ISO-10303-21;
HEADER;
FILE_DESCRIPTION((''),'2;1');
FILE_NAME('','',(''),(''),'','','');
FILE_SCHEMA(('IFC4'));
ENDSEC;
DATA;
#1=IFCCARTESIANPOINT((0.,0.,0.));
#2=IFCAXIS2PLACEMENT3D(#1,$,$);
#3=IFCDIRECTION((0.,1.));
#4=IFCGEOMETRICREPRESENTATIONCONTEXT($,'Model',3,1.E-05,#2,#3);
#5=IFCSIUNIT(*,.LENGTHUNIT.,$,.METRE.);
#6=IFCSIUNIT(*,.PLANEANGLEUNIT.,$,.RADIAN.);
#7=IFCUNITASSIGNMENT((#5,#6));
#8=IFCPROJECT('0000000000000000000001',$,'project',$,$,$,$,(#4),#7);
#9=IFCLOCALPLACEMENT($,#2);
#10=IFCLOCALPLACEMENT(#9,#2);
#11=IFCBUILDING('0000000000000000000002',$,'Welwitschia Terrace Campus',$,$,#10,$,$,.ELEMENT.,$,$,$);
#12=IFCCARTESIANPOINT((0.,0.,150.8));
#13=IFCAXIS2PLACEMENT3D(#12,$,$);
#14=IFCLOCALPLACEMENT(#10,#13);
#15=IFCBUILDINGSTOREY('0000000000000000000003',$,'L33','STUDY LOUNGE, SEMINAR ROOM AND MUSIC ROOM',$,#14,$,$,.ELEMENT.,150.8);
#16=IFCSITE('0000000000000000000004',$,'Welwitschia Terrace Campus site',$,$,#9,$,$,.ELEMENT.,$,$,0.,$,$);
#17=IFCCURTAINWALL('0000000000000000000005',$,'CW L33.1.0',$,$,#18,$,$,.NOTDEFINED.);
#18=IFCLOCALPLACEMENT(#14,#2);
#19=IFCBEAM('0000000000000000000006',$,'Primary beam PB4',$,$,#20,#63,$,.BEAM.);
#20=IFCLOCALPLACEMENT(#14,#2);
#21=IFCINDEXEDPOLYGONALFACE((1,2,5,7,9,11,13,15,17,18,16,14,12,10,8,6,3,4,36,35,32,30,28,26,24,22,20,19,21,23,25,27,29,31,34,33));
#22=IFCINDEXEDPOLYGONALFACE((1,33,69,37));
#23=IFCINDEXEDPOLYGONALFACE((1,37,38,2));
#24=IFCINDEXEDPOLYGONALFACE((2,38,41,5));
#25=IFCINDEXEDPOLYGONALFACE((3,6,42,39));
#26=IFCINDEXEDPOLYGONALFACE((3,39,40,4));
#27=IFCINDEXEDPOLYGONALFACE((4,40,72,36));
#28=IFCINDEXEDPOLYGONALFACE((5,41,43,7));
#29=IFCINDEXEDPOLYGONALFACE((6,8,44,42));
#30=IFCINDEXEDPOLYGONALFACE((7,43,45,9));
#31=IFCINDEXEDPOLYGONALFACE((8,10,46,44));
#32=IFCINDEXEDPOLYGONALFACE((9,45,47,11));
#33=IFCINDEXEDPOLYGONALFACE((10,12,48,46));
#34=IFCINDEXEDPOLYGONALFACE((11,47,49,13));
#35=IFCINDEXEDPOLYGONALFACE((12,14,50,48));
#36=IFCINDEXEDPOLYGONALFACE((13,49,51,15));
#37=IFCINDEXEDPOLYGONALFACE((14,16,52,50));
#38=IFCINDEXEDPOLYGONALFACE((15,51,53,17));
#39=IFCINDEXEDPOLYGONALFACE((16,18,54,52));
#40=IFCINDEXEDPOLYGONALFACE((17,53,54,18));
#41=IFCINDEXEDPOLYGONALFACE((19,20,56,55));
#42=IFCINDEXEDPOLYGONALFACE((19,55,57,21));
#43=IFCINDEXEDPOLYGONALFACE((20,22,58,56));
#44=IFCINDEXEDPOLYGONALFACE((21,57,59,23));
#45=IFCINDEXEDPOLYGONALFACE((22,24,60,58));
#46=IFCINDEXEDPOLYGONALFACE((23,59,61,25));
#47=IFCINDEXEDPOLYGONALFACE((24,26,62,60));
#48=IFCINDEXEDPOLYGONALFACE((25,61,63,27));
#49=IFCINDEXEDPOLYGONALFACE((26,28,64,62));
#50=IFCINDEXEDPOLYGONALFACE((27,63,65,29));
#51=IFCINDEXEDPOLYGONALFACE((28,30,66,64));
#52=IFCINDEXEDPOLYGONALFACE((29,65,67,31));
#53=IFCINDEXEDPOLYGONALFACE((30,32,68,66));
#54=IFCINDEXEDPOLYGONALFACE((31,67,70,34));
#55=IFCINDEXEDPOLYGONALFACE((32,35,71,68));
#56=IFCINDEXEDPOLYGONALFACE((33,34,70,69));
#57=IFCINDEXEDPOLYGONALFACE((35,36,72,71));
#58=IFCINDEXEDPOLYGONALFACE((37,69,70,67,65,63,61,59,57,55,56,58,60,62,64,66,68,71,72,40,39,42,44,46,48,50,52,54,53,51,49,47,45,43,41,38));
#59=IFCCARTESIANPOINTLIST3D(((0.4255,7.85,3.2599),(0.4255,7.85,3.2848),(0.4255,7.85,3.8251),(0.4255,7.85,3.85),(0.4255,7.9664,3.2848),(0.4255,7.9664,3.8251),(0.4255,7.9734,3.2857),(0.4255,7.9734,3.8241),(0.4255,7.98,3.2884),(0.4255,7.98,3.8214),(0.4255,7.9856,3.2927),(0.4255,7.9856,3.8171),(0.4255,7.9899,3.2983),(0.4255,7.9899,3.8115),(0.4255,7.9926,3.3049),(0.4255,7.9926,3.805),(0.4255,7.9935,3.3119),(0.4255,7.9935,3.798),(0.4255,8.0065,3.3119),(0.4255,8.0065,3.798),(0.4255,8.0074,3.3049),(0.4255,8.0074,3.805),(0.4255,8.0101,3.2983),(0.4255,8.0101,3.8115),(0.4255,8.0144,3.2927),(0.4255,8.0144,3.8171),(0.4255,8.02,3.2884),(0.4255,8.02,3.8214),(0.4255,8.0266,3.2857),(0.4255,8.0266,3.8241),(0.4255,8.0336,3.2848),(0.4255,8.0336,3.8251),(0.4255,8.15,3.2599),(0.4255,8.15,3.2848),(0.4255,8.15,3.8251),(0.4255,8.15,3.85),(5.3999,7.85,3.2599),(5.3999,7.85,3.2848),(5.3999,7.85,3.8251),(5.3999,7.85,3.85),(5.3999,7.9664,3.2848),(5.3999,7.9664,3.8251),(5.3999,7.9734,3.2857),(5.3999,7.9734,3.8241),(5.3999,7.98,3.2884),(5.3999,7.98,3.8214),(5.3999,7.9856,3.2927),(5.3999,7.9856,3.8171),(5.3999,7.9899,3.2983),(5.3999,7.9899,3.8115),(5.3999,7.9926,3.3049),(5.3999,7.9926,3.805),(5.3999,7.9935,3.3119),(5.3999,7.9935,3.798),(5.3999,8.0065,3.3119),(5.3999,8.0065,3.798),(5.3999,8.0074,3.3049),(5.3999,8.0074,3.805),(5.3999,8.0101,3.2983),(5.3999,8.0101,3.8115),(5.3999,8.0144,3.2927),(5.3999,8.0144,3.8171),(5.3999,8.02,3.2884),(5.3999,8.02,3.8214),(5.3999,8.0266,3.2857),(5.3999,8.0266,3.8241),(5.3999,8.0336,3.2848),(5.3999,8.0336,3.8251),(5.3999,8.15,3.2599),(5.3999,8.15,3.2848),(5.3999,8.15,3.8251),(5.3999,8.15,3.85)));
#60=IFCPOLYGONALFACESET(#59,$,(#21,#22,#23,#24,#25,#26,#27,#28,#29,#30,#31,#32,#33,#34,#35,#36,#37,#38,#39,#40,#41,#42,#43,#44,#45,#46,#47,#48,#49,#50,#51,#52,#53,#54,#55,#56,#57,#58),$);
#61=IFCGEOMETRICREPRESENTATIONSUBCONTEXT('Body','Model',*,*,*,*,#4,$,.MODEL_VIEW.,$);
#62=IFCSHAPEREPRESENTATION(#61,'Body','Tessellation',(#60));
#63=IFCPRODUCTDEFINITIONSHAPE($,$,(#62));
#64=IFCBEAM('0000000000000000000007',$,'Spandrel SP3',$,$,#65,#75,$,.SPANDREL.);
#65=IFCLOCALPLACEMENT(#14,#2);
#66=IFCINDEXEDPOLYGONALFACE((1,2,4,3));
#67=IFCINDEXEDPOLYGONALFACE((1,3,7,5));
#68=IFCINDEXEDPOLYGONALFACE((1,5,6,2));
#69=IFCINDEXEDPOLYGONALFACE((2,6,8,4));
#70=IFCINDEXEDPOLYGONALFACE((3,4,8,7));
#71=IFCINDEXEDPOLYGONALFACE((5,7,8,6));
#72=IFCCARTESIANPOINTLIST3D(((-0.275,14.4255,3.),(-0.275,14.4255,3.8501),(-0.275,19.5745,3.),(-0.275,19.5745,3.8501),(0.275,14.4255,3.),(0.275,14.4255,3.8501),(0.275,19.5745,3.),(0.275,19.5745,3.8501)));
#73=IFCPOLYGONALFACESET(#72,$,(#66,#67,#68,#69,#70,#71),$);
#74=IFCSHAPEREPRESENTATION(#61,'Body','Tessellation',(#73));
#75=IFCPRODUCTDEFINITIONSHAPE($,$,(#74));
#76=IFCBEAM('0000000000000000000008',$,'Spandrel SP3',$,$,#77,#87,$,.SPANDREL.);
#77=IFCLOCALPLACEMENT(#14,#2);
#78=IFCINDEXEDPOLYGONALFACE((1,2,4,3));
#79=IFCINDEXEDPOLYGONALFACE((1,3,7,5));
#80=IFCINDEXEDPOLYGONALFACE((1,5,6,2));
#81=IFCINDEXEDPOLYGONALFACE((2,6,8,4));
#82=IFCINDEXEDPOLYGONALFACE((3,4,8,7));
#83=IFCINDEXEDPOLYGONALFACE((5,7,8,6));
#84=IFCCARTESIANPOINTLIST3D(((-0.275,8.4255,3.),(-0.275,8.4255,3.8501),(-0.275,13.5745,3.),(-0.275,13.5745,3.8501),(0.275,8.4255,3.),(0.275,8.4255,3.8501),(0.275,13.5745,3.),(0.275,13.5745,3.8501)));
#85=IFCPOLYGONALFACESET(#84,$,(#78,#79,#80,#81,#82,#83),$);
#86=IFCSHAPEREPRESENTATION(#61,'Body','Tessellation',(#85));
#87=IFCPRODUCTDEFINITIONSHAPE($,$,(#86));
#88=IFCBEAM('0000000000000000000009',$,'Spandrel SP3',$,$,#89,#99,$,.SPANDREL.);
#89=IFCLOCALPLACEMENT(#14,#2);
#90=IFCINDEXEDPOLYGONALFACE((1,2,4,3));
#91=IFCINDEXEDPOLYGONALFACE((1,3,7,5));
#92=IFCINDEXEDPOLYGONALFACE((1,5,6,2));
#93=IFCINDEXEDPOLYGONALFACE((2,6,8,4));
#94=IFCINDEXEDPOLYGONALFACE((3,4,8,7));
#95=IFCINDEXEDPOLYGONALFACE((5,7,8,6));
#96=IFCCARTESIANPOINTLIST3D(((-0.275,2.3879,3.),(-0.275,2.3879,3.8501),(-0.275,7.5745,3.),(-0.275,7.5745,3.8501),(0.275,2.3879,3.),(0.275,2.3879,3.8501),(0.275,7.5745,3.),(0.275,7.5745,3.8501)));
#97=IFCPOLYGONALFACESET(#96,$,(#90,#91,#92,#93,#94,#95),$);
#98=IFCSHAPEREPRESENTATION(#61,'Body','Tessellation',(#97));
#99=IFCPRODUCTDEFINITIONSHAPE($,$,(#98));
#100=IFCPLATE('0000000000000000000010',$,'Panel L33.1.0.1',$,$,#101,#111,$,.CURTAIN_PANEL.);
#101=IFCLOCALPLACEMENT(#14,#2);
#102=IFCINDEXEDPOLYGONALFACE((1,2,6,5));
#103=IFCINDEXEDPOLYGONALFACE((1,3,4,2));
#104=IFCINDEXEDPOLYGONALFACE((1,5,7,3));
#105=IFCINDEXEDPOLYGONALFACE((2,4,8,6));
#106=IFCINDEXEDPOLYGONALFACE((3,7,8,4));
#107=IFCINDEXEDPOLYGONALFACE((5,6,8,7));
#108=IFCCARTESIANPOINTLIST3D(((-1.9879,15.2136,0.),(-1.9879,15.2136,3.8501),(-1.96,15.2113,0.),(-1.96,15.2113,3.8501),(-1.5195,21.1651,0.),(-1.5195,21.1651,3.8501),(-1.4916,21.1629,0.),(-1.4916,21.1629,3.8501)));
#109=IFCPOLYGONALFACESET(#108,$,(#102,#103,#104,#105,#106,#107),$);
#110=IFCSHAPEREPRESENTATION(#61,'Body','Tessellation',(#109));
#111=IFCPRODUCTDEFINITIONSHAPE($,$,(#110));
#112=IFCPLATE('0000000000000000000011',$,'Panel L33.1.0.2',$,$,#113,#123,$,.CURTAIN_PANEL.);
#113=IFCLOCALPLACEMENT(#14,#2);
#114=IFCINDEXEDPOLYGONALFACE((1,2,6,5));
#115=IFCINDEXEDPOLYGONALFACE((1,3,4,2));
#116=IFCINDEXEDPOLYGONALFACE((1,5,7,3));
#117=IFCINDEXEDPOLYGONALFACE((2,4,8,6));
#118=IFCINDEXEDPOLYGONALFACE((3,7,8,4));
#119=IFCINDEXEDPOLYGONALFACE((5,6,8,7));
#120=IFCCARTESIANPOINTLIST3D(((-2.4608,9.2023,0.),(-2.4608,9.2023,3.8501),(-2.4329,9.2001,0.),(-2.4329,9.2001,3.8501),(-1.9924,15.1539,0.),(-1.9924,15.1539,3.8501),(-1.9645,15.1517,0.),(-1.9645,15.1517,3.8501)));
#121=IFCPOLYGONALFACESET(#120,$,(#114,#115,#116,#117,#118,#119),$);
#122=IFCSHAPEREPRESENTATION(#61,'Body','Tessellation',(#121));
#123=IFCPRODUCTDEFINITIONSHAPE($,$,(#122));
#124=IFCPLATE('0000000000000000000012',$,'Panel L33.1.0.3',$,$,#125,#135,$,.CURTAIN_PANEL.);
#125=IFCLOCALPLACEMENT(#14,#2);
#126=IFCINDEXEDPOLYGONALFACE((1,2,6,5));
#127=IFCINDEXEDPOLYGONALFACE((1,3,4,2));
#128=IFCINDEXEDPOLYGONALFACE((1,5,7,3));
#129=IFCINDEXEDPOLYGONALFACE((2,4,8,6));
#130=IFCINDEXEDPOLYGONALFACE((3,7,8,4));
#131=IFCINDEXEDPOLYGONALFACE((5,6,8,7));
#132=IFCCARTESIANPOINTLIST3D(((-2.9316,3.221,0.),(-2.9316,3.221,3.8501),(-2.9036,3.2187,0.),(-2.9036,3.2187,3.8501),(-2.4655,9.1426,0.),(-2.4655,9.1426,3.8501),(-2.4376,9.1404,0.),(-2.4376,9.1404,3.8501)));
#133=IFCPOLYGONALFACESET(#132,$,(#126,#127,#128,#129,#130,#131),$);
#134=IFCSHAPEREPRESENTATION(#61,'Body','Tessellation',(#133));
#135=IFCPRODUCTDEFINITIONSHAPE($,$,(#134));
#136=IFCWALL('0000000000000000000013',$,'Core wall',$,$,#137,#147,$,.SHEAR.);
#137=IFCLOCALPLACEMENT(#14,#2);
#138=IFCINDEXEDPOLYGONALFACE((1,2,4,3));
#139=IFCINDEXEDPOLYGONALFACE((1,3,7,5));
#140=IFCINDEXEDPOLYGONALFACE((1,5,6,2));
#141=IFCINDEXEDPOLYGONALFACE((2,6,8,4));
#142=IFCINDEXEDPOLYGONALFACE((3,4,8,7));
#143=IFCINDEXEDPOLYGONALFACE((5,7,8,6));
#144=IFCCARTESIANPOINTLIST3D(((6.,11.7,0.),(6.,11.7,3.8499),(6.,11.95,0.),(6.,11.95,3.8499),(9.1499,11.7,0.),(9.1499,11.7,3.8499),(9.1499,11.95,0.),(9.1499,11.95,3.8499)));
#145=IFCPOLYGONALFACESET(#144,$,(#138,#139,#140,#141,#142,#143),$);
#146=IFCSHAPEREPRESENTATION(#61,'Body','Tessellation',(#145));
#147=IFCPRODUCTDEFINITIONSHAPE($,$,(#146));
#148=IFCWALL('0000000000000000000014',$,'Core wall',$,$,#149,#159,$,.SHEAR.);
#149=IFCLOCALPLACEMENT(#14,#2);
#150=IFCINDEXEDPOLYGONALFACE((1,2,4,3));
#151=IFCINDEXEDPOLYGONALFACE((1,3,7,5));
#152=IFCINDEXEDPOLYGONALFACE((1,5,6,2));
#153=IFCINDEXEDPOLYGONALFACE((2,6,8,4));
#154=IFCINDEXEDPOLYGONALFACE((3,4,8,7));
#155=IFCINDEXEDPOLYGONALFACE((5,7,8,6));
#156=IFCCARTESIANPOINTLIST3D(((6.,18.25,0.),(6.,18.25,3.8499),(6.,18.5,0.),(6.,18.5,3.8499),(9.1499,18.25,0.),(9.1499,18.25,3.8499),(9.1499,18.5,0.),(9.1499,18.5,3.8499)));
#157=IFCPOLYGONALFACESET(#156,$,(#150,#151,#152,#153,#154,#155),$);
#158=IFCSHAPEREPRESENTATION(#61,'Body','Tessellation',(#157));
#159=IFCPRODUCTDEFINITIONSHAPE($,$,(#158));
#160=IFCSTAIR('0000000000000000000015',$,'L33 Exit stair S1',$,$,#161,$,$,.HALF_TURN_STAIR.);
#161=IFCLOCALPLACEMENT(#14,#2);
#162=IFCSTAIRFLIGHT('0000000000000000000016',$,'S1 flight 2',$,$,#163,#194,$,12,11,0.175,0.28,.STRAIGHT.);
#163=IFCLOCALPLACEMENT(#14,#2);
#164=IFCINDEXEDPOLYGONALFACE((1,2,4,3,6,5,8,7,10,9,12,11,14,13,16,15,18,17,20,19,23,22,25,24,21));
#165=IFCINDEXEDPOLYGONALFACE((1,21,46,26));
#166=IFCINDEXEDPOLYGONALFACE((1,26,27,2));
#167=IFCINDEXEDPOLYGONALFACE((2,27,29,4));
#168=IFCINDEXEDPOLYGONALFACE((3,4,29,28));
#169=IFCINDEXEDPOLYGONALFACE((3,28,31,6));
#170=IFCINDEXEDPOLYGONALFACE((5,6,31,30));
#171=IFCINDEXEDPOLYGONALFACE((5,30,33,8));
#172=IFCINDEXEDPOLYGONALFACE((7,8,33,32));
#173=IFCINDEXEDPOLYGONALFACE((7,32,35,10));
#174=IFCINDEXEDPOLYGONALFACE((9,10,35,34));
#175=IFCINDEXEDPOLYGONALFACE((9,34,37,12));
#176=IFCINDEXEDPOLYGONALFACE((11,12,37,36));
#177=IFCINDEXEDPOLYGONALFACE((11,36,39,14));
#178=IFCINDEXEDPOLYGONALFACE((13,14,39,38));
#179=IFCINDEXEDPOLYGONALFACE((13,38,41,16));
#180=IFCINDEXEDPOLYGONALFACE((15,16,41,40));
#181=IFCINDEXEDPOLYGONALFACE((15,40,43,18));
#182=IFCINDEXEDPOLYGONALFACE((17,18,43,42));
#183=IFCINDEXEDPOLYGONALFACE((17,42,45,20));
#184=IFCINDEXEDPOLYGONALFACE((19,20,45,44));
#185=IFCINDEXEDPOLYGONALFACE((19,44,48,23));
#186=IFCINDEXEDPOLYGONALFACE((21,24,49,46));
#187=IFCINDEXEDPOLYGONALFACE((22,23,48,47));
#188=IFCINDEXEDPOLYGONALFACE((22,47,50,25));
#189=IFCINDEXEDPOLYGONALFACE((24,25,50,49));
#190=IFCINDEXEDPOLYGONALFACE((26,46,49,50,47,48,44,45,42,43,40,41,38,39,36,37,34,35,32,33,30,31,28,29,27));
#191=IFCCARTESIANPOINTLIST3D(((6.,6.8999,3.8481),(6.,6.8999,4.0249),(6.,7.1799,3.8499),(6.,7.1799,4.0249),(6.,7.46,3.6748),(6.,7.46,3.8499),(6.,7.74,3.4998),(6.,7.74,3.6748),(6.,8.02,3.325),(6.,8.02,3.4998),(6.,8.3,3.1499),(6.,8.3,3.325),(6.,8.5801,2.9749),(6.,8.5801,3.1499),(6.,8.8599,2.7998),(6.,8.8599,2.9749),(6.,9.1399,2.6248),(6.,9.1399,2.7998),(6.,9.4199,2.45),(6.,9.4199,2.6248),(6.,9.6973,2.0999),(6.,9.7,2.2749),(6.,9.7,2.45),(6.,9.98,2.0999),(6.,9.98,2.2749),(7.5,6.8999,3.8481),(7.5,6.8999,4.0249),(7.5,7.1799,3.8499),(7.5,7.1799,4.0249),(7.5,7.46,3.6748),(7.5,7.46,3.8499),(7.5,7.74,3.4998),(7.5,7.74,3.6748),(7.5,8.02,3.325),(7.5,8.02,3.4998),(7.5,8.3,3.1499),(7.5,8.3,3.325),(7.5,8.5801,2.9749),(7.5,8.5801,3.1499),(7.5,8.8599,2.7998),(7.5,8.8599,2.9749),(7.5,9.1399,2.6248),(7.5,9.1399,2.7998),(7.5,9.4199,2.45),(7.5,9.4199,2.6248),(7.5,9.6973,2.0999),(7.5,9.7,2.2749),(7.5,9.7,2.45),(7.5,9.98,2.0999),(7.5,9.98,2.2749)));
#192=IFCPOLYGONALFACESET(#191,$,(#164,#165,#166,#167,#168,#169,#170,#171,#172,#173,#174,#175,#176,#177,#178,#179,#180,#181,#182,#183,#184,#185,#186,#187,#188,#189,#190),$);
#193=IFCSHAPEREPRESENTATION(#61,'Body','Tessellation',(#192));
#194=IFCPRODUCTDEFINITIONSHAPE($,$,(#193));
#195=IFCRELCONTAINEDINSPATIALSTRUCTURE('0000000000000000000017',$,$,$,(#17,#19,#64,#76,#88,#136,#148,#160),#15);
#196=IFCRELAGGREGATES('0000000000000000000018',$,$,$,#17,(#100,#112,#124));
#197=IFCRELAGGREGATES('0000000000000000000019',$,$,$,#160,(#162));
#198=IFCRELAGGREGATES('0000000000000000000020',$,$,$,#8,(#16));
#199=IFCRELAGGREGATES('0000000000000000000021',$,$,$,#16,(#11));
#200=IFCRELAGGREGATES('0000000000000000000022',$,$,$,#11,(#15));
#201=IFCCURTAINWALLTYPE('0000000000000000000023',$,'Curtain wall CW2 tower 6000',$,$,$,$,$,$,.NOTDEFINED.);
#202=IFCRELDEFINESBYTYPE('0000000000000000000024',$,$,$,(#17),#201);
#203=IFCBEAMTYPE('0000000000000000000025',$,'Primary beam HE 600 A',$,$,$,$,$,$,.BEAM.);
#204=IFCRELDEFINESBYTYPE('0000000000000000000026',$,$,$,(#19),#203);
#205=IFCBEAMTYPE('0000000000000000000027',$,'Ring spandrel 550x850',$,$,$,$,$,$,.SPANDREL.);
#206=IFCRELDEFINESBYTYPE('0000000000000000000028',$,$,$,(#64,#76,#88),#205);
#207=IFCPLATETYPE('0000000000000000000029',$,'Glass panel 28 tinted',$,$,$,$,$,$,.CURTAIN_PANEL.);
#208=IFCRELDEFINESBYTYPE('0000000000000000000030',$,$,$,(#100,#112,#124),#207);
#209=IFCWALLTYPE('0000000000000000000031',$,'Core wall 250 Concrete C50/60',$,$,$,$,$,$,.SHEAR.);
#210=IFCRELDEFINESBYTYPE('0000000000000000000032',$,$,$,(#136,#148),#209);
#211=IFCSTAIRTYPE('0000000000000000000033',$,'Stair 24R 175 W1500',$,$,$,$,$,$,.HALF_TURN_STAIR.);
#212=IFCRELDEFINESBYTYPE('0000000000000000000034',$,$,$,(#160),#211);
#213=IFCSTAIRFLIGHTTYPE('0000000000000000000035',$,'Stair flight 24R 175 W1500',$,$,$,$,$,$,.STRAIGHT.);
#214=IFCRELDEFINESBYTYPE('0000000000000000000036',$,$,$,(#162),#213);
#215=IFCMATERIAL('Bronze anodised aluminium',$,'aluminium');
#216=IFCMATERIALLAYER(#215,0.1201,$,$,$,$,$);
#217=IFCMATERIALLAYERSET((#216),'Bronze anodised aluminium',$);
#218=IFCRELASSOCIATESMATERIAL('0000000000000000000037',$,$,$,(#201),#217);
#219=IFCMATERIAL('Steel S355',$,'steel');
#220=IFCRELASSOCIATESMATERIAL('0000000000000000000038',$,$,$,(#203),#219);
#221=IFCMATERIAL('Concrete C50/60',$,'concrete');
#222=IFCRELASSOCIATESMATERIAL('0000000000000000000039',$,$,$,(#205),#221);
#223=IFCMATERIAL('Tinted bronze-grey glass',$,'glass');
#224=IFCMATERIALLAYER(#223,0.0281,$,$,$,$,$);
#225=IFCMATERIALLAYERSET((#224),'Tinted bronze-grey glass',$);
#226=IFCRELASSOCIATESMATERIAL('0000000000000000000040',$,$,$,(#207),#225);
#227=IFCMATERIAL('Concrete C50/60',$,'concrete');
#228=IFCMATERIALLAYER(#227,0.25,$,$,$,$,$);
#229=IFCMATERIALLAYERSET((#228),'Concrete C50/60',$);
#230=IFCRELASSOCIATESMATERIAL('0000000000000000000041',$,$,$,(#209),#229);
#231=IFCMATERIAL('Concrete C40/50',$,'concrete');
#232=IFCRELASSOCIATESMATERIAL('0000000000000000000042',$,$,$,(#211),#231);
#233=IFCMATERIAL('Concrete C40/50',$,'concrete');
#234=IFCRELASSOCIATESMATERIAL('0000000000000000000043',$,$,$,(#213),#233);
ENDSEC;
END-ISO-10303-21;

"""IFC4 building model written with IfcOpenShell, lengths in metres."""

from ifc_helpers import new_model, si_unit, direction, frame, frame_2d, origin, origin_2d, place, context, subcontext, project, spatial, polyline, rectangle, i_section, outline, extrude, material, layer, layer_set, material_profile, profile_set, type_object, element, aggregate, save


model = new_model("IFC4")

# Units and contexts
model_context = context("Model", 3, precision=1e-05, world=origin(), true_north=direction((0.0, 1.0)))
body_context = subcontext(model_context, "Body", "Model", "MODEL_VIEW")
ifc_project = project(units=[si_unit("LENGTHUNIT", "METRE"), si_unit("PLANEANGLEUNIT", "RADIAN")], contexts=[model_context])

# Site, building, storey
site_placement = place(None, origin())
site = spatial("IfcSite", under=ifc_project, at=site_placement, Name="Welwitschia Terrace Campus site", CompositionType="ELEMENT", RefElevation=0.0)
building_placement = place(site_placement, origin())
building = spatial("IfcBuilding", under=site, at=building_placement, Name="Welwitschia Terrace Campus", CompositionType="ELEMENT")
storey_placement = place(building_placement, frame((0.0, 0.0, 150.8)))
storey = spatial("IfcBuildingStorey", under=building, at=storey_placement, Name="L33", Description="STUDY LOUNGE, SEMINAR ROOM AND MUSIC ROOM", CompositionType="ELEMENT", Elevation=150.8)

# Curtain wall
ifc_material_1 = material(Name="Bronze anodised aluminium", Category="aluminium")
ifc_layer_1 = layer(ifc_material_1, 0.1201)
ifc_layer_set_1 = layer_set([ifc_layer_1], Name="Bronze anodised aluminium")
curtain_wall_type = type_object("IfcCurtainWallType", Name="Curtain wall CW2 tower 6000", PredefinedType="NOTDEFINED", material=ifc_layer_set_1)
curtain_wall_placement = place(storey_placement, origin())
curtain_wall = element("IfcCurtainWall", 1, at=curtain_wall_placement, inside=storey, type_object=curtain_wall_type, Name="CW L33.1.0", PredefinedType="NOTDEFINED")

# Beams
ifc_material_2 = material(Name="Steel S355", Category="steel")
ifc_material_profile_1 = material_profile(ifc_material_2, i_section(OverallWidth=0.3, OverallDepth=0.5901, WebThickness=0.0129, FlangeThickness=0.0249, FilletRadius=0.0271, at=origin_2d()))
ifc_profile_set_1 = profile_set([ifc_material_profile_1], Name="Steel S355")
beam_type_1 = type_object("IfcBeamType", Name="Primary beam HE 600 A", PredefinedType="BEAM", material=ifc_profile_set_1)
for number, where, z_axis, x_axis, name in (
    (2, (0.4255, 8.0, 3.5549), (1.0, 0.0, 0.0), (0.0, 1.0, 0.0), "Primary beam PB4"),
):
    element("IfcBeam", number, at=place(storey_placement, frame(where, z_axis=z_axis, x_axis=x_axis)), inside=storey, type_object=beam_type_1, Name=name, PredefinedType="BEAM", context=body_context, shape_type="SweptSolid", body=[
        extrude(i_section(OverallWidth=0.3, OverallDepth=0.5901, WebThickness=0.0129, FlangeThickness=0.0249, FilletRadius=0.0271, at=origin_2d()), origin(), (0.0, 0.0, 1.0), 4.9744),
    ])
ifc_material_3 = material(Name="Concrete C50/60", Category="concrete")
ifc_material_profile_2 = material_profile(ifc_material_3, rectangle(XDim=0.55, YDim=0.8501, at=origin_2d()))
ifc_profile_set_2 = profile_set([ifc_material_profile_2], Name="Concrete C50/60")
beam_type_2 = type_object("IfcBeamType", Name="Ring spandrel 550x850", PredefinedType="SPANDREL", material=ifc_profile_set_2)
for number, where, z_axis, x_axis, name in (
    (3, (0.0, 19.5745, 3.425), (0.0, -1.0, 0.0), (1.0, 0.0, 0.0), "Spandrel SP3"),
    (4, (0.0, 13.5745, 3.425), (0.0, -1.0, 0.0), (1.0, 0.0, 0.0), "Spandrel SP3"),
):
    element("IfcBeam", number, at=place(storey_placement, frame(where, z_axis=z_axis, x_axis=x_axis)), inside=storey, type_object=beam_type_2, Name=name, PredefinedType="SPANDREL", context=body_context, shape_type="SweptSolid", body=[
        extrude(rectangle(XDim=0.55, YDim=0.8501, at=origin_2d()), origin(), (0.0, 0.0, 1.0), 5.1489),
    ])
beam_1_placement = place(storey_placement, frame((0.0, 7.5745, 3.425), z_axis=(0.0, -1.0, 0.0), x_axis=(1.0, 0.0, 0.0)))
element("IfcBeam", 5, at=beam_1_placement, inside=storey, type_object=beam_type_2, Name="Spandrel SP3", PredefinedType="SPANDREL", context=body_context, shape_type="SweptSolid", body=[
    extrude(rectangle(XDim=0.55, YDim=0.8501, at=origin_2d()), origin(), (0.0, 0.0, 1.0), 5.1865),
])

# Plates
ifc_material_4 = material(Name="Tinted bronze-grey glass", Category="glass")
ifc_layer_2 = layer(ifc_material_4, 0.0281)
ifc_layer_set_2 = layer_set([ifc_layer_2], Name="Tinted bronze-grey glass")
plate_type = type_object("IfcPlateType", Name="Glass panel 28 tinted", PredefinedType="CURTAIN_PANEL", material=ifc_layer_set_2)
plate_1_placement = place(storey_placement, frame((-1.7397, 18.1882, 0.0), z_axis=(0.0, 0.0, 1.0), x_axis=(-0.078459, -0.996917, 0.0)))
plate_1 = element("IfcPlate", 6, at=plate_1_placement, type_object=plate_type, Name="Panel L33.1.0.1", PredefinedType="CURTAIN_PANEL", context=body_context, shape_type="SweptSolid", body=[
    extrude(rectangle(XDim=5.97, YDim=0.0281, at=origin_2d()), origin(), (0.0, 0.0, 1.0), 3.8501),
])
plate_2_placement = place(storey_placement, frame((-2.2126, 12.177, 0.0), z_axis=(0.0, 0.0, 1.0), x_axis=(-0.078459, -0.996917, 0.0)))
plate_2 = element("IfcPlate", 7, at=plate_2_placement, type_object=plate_type, Name="Panel L33.1.0.2", PredefinedType="CURTAIN_PANEL", context=body_context, shape_type="SweptSolid", body=[
    extrude(rectangle(XDim=5.97, YDim=0.0281, at=origin_2d()), origin(), (0.0, 0.0, 1.0), 3.8501),
])
plate_3_placement = place(storey_placement, frame((-2.6846, 6.1807, 0.0), z_axis=(0.0, 0.0, 1.0), x_axis=(-0.078459, -0.996917, 0.0)))
plate_3 = element("IfcPlate", 8, at=plate_3_placement, type_object=plate_type, Name="Panel L33.1.0.3", PredefinedType="CURTAIN_PANEL", context=body_context, shape_type="SweptSolid", body=[
    extrude(rectangle(XDim=5.9399, YDim=0.0281, at=origin_2d()), origin(), (0.0, 0.0, 1.0), 3.8501),
])
aggregate(curtain_wall, [plate_1, plate_2, plate_3])

# Walls
ifc_material_5 = material(Name="Concrete C50/60", Category="concrete")
ifc_layer_3 = layer(ifc_material_5, 0.25)
ifc_layer_set_3 = layer_set([ifc_layer_3], Name="Concrete C50/60")
wall_type = type_object("IfcWallType", Name="Core wall 250 Concrete C50/60", PredefinedType="SHEAR", material=ifc_layer_set_3)
for number, where, z_axis, x_axis, name in (
    (9, (6.0, 11.825, 0.0), (0.0, 0.0, 1.0), (1.0, 0.0, 0.0), "Core wall"),
    (10, (6.0, 18.375, 0.0), (0.0, 0.0, 1.0), (1.0, 0.0, 0.0), "Core wall"),
):
    element("IfcWall", number, at=place(storey_placement, frame(where, z_axis=z_axis, x_axis=x_axis)), inside=storey, type_object=wall_type, Name=name, PredefinedType="SHEAR", context=body_context, shape_type="SweptSolid", body=[
        extrude(rectangle(XDim=3.1499, YDim=0.25, at=frame_2d((1.575, 0.0))), origin(), (0.0, 0.0, 1.0), 3.8499),
    ])

# Stair, stair flight
ifc_material_6 = material(Name="Concrete C40/50", Category="concrete")
stair_type = type_object("IfcStairType", Name="Stair 24R 175 W1500", PredefinedType="HALF_TURN_STAIR", material=ifc_material_6)
stair_1_placement = place(storey_placement, origin())
stair_1 = element("IfcStair", 11, at=stair_1_placement, inside=storey, type_object=stair_type, Name="L33 Exit stair S1", PredefinedType="HALF_TURN_STAIR")
ifc_material_7 = material(Name="Concrete C40/50", Category="concrete")
stair_flight_type = type_object("IfcStairFlightType", Name="Stair flight 24R 175 W1500", PredefinedType="STRAIGHT", material=ifc_material_7)
stair_flight_1_placement = place(storey_placement, frame((6.75, 9.98, 2.0999), z_axis=(0.0, 0.0, 1.0), x_axis=(0.0, -1.0, 0.0)))
stair_flight_1 = element("IfcStairFlight", 12, at=stair_flight_1_placement, type_object=stair_flight_type, Name="S1 flight 2", NumberOfRisers=12, NumberOfTreads=11, PredefinedType="STRAIGHT", RiserHeight=0.175, TreadLength=0.28, context=body_context, shape_type="SweptSolid", body=[
    extrude(outline(polyline([(0.0, 0.0), (0.0, 0.175), (0.28, 0.175), (0.28, 0.3501), (0.5601, 0.3501), (0.5601, 0.5249), (0.8401, 0.5249), (0.8401, 0.7), (1.1201, 0.7), (1.1201, 0.875), (1.3999, 0.875), (1.3999, 1.05), (1.6799, 1.05), (1.6799, 1.2251), (1.96, 1.2251), (1.96, 1.3999), (2.24, 1.3999), (2.24, 1.575), (2.52, 1.575), (2.52, 1.75), (2.8, 1.75), (2.8, 1.925), (3.0801, 1.925), (3.0801, 2.1001), (3.0801, 1.7483), (0.2827, 0.0), (0.0, 0.0)])), frame((0.0, 0.75, 0.0), z_axis=(0.0, -1.0, 0.0), x_axis=(1.0, 0.0, 0.0)), (0.0, 0.0, 1.0), 1.5),
])
aggregate(stair_1, [stair_flight_1])

save(model, "model.ifc")
